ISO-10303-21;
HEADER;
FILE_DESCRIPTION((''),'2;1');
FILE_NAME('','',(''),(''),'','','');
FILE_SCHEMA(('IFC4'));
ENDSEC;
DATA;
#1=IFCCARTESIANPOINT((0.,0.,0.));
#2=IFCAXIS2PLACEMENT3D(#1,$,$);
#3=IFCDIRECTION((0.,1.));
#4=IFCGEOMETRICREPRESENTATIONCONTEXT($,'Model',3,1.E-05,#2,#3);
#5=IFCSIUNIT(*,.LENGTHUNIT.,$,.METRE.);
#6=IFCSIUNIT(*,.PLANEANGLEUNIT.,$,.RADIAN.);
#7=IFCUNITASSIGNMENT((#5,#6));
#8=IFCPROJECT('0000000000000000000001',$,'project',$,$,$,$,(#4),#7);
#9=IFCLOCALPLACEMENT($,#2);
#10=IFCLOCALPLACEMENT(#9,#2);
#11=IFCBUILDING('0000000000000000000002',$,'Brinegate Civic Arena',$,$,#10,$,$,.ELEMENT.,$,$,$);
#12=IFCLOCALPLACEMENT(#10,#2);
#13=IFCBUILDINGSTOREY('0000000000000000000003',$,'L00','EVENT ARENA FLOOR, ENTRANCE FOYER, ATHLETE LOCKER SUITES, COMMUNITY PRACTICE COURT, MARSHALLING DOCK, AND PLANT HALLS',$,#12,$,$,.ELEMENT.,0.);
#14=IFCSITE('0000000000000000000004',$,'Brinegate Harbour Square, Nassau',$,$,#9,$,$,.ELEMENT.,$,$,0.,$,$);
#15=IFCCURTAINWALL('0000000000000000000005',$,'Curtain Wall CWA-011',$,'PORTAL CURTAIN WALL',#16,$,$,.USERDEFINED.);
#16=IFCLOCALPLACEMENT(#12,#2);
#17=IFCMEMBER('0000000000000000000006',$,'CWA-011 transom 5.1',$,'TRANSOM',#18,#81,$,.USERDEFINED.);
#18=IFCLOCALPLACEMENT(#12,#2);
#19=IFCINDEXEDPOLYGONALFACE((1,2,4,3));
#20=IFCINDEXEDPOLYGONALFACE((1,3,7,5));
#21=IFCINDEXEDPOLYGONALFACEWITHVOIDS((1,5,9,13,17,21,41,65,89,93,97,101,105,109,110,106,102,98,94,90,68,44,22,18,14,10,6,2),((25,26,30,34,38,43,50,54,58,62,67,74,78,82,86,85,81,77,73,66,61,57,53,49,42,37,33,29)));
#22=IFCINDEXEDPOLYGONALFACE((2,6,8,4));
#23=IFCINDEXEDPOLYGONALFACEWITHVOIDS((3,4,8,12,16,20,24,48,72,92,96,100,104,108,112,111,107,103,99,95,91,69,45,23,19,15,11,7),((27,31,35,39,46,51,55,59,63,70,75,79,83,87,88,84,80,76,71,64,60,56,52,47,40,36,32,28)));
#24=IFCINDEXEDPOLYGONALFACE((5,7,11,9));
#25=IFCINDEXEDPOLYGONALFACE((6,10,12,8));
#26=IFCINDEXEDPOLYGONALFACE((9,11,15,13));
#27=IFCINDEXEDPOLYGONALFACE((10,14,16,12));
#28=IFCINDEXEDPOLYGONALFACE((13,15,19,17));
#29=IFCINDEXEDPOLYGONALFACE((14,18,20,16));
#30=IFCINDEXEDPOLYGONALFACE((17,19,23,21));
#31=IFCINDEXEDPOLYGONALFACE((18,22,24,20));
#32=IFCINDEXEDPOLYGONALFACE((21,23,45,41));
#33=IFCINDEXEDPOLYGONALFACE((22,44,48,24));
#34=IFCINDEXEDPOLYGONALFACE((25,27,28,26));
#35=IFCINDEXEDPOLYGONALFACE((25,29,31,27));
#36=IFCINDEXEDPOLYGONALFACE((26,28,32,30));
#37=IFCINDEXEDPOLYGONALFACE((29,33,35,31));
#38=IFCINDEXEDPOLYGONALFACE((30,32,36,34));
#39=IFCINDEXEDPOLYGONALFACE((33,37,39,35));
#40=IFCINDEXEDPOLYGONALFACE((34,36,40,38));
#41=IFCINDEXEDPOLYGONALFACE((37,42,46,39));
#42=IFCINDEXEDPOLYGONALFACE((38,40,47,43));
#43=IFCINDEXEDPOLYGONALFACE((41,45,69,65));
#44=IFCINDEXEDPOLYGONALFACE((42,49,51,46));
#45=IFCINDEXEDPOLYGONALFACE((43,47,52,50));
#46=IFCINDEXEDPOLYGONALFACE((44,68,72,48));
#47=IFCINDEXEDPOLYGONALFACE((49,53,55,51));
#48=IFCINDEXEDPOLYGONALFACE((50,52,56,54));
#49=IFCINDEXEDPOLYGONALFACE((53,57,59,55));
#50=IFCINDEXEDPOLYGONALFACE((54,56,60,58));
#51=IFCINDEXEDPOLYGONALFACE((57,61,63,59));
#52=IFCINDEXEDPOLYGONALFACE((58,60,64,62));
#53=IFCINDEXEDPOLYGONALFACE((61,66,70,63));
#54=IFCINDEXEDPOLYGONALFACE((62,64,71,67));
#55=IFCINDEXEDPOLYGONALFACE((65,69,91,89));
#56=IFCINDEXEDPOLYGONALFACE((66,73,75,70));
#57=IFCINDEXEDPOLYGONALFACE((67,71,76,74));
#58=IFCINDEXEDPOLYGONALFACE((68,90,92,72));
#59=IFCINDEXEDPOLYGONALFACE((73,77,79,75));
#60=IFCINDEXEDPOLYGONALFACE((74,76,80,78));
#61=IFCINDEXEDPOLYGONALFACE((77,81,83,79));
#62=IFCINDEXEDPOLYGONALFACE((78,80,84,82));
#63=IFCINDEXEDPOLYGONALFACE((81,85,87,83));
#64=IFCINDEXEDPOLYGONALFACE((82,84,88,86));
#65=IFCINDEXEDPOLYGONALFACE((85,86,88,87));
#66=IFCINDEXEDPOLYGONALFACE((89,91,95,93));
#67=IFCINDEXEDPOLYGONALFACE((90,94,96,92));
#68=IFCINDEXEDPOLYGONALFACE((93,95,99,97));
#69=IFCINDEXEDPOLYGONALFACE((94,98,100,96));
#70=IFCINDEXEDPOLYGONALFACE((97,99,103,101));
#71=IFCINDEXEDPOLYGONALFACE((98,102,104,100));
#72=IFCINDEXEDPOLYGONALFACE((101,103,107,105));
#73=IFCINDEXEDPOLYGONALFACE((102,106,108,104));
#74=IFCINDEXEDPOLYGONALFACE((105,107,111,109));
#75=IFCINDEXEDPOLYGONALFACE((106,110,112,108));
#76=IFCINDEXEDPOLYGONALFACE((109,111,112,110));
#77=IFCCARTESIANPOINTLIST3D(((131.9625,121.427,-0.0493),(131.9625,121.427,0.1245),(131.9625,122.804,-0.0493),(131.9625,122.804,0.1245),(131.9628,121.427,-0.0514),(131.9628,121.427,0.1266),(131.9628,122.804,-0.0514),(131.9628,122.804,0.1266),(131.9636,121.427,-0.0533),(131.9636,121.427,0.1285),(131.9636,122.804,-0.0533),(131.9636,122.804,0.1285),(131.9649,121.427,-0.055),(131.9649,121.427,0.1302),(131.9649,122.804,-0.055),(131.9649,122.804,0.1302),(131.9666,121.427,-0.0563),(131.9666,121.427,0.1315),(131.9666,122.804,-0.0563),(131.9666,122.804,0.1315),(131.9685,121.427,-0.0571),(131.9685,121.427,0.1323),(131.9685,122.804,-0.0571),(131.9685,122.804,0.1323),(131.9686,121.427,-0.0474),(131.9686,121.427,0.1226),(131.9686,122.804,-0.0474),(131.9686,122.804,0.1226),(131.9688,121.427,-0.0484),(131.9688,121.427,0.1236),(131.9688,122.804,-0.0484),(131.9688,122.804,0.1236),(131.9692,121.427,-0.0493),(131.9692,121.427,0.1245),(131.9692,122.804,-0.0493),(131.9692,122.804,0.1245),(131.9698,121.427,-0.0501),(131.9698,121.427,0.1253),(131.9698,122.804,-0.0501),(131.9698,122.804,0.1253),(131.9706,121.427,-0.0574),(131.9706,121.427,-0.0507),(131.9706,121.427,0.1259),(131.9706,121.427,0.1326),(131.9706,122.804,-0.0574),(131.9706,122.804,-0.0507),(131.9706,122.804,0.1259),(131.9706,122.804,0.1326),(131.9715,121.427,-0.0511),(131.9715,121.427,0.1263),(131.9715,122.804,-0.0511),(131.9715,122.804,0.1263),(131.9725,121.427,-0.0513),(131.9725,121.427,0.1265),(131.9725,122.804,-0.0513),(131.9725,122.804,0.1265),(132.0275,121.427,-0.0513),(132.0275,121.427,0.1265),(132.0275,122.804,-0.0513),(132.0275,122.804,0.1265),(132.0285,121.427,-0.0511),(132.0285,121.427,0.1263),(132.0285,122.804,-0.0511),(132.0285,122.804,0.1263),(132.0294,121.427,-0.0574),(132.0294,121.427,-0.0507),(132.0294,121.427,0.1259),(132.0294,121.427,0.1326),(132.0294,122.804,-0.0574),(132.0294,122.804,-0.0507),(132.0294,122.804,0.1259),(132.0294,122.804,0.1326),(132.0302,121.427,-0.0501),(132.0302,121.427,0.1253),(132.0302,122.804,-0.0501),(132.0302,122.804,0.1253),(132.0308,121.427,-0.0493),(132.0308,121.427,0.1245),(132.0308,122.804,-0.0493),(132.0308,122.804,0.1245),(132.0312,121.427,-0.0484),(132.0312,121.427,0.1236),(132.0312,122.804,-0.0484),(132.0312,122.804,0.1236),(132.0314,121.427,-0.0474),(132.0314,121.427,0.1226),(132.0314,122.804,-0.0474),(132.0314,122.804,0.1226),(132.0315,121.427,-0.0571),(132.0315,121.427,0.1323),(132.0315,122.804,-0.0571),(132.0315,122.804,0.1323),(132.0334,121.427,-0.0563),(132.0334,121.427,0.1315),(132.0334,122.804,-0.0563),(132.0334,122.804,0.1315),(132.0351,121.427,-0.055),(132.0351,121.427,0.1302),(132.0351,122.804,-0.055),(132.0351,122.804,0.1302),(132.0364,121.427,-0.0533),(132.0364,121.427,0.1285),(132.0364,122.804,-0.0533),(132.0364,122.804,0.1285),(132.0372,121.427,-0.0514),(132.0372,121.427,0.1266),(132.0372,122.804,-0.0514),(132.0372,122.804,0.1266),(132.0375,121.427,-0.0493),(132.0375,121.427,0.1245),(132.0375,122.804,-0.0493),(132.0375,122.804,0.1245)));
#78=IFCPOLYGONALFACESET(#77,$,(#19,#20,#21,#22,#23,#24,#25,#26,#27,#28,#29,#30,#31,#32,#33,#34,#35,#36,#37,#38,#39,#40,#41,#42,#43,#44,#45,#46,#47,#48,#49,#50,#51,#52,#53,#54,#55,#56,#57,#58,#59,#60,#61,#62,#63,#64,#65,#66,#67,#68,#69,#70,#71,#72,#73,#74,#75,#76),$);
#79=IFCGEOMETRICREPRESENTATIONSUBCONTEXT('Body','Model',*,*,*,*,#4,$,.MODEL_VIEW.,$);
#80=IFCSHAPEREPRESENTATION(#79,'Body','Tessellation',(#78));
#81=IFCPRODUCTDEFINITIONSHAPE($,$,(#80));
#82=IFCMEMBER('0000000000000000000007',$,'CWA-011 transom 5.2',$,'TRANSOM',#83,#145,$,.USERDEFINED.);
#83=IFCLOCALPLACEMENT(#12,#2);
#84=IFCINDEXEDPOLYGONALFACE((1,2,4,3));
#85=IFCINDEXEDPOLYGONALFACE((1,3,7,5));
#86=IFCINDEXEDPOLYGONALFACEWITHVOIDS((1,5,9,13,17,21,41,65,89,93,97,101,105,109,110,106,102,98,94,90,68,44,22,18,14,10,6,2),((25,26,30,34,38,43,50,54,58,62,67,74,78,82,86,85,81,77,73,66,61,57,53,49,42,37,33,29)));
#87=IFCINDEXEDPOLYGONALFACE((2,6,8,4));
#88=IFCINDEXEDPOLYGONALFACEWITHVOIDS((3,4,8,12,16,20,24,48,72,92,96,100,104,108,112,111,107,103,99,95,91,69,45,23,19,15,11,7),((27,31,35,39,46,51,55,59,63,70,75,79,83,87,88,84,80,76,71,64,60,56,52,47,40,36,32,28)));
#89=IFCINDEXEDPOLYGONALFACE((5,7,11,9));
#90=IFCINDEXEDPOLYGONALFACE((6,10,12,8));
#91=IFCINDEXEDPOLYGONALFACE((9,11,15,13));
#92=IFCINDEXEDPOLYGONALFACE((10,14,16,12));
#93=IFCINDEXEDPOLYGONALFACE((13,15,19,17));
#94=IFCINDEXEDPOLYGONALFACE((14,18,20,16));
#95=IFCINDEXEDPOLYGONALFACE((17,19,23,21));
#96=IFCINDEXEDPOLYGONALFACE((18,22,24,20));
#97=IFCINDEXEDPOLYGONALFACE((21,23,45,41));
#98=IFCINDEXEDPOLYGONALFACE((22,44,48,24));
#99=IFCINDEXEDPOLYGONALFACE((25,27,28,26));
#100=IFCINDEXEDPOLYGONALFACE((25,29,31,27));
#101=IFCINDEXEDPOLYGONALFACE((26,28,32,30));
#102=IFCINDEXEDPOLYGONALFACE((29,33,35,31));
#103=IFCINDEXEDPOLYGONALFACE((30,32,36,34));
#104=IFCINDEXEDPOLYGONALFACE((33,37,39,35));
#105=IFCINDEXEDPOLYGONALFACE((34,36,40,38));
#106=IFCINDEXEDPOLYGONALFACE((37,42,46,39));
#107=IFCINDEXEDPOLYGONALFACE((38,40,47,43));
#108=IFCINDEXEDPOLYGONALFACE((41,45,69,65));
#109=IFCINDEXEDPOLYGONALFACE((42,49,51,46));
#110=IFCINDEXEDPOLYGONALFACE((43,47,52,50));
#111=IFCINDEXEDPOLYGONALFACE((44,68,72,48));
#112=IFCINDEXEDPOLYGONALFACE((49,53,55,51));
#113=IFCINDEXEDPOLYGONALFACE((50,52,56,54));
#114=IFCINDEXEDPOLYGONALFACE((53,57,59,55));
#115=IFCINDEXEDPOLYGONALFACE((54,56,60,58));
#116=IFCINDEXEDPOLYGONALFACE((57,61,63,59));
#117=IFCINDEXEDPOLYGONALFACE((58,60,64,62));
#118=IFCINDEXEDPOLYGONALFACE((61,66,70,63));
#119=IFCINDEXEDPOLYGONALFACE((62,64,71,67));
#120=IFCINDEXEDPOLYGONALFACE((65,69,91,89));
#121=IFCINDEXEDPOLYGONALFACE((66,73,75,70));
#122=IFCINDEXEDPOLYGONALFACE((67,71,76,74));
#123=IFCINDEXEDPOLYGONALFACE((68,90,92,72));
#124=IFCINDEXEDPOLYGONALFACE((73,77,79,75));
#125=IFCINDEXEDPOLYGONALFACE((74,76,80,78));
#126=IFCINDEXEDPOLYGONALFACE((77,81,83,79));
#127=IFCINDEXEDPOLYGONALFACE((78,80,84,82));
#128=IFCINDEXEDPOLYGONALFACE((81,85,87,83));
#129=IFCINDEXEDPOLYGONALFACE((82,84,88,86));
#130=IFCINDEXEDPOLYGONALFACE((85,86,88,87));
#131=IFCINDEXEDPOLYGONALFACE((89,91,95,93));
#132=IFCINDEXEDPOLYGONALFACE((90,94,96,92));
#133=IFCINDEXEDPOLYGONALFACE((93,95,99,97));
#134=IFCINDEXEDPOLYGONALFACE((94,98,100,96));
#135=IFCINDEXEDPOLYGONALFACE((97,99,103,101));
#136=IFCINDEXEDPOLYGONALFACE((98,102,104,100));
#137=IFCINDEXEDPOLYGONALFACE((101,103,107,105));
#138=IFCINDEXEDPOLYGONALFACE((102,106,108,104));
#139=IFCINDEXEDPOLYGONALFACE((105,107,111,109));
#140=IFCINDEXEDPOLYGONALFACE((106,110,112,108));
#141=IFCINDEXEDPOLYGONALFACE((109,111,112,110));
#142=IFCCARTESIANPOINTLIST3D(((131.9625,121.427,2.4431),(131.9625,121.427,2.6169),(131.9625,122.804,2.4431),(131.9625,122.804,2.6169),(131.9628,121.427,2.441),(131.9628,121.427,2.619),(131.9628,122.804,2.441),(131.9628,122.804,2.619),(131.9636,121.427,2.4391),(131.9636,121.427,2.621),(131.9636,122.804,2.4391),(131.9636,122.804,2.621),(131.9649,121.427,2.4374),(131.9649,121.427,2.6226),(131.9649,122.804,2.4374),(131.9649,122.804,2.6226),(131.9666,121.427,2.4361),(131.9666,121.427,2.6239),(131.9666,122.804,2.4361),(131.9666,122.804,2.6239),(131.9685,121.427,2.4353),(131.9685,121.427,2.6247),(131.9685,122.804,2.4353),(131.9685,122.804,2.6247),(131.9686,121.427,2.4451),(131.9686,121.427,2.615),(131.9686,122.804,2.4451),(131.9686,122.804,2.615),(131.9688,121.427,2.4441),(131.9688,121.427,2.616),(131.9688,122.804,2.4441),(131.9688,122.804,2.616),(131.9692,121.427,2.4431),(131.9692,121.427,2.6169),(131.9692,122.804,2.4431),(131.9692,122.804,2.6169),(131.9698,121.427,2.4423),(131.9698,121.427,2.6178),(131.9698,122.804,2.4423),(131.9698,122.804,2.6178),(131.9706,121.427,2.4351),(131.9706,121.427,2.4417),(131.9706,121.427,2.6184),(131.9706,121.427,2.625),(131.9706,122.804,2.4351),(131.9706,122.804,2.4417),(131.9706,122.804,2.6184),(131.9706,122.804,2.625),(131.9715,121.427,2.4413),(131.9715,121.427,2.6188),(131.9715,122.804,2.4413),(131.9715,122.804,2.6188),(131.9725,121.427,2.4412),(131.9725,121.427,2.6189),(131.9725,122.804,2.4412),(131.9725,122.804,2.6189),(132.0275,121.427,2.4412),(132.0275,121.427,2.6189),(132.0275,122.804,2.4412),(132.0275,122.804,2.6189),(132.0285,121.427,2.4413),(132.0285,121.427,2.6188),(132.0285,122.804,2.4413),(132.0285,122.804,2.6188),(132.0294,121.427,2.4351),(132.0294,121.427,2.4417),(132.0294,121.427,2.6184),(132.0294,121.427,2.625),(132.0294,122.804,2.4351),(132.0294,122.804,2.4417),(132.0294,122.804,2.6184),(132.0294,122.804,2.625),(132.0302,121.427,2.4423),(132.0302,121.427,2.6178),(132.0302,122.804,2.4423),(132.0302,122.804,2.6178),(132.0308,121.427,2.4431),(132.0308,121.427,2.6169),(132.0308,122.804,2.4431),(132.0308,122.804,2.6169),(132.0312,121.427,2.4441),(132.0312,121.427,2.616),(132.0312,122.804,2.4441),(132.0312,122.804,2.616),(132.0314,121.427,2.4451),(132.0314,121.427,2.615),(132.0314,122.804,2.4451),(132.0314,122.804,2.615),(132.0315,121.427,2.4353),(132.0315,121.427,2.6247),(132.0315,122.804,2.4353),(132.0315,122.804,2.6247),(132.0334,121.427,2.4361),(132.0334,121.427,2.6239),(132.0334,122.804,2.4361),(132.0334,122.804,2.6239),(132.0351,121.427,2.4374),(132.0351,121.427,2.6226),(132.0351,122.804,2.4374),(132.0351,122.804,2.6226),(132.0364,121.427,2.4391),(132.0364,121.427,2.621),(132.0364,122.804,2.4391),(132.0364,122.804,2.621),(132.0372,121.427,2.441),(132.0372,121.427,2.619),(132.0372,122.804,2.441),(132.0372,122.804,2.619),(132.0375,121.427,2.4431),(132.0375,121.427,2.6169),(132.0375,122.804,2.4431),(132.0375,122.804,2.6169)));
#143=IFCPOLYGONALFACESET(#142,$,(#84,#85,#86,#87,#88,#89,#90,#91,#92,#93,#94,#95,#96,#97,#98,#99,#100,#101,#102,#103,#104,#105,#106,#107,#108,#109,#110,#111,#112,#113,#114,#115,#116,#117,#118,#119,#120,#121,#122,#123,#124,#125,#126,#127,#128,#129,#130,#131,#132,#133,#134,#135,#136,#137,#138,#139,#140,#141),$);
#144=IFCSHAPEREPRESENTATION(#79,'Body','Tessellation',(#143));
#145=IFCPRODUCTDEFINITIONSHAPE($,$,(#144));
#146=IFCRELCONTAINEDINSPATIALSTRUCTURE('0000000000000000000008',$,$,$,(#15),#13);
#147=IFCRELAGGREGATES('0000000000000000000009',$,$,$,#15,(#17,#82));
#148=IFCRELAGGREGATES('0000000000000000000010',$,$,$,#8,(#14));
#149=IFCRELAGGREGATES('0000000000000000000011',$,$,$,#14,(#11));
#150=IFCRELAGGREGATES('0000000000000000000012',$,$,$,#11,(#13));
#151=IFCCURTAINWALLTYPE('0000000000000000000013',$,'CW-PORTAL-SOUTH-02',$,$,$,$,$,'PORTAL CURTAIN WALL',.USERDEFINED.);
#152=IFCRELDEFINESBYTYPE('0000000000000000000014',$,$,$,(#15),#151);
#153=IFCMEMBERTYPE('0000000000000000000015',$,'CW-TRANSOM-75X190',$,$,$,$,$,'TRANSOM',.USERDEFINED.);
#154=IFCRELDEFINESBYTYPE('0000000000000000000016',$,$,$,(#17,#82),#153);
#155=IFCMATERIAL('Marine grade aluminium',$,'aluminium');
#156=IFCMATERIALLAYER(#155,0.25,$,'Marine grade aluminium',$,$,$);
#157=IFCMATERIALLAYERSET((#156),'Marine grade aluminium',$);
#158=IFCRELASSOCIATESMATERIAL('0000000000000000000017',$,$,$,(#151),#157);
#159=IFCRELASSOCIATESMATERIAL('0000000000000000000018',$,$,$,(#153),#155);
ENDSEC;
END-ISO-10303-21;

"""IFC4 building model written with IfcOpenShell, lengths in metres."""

from ifc_helpers import new_model, si_unit, direction, frame, origin, origin_2d, place, context, subcontext, project, spatial, hollow_rectangle, extrude, material, layer, layer_set, material_profile, profile_set, type_object, element, aggregate, save


model = new_model("IFC4")

# Units and contexts
model_context = context("Model", 3, precision=1e-05, world=origin(), true_north=direction((0.0, 1.0)))
body_context = subcontext(model_context, "Body", "Model", "MODEL_VIEW")
ifc_project = project(units=[si_unit("LENGTHUNIT", "METRE"), si_unit("PLANEANGLEUNIT", "RADIAN")], contexts=[model_context])

# Site, building, storey
site_placement = place(None, origin())
site = spatial("IfcSite", under=ifc_project, at=site_placement, Name="Brinegate Harbour Square, Nassau", CompositionType="ELEMENT", RefElevation=0.0)
building_placement = place(site_placement, origin())
building = spatial("IfcBuilding", under=site, at=building_placement, Name="Brinegate Civic Arena", CompositionType="ELEMENT")
storey_placement = place(building_placement, origin())
storey = spatial("IfcBuildingStorey", under=building, at=storey_placement, Name="L00", Description="EVENT ARENA FLOOR, ENTRANCE FOYER, ATHLETE LOCKER SUITES, COMMUNITY PRACTICE COURT, MARSHALLING DOCK, AND PLANT HALLS", CompositionType="ELEMENT", Elevation=0.0)

# Curtain wall, members
ifc_material_1 = material(Name="Marine grade aluminium", Category="aluminium")
ifc_layer_1 = layer(ifc_material_1, 0.25, Name="Marine grade aluminium")
ifc_layer_set_1 = layer_set([ifc_layer_1], Name="Marine grade aluminium")
curtain_wall_type = type_object("IfcCurtainWallType", Name="CW-PORTAL-SOUTH-02", ElementType="PORTAL CURTAIN WALL", PredefinedType="USERDEFINED", material=ifc_layer_set_1)
curtain_wall_placement = place(storey_placement, origin())
curtain_wall = element("IfcCurtainWall", 1, at=curtain_wall_placement, inside=storey, type_object=curtain_wall_type, Name="Curtain Wall CWA-011", ObjectType="PORTAL CURTAIN WALL", PredefinedType="USERDEFINED")
ifc_material_profile_1 = material_profile(ifc_material_1, hollow_rectangle(XDim=0.075, YDim=0.1899, WallThickness=0.0061, InnerFilletRadius=0.0039, OuterFilletRadius=0.0081, at=origin_2d()), Name="TRN75X190")
ifc_profile_set_1 = profile_set([ifc_material_profile_1], Name="Marine grade aluminium")
member_type_1 = type_object("IfcMemberType", Name="CW-TRANSOM-75X190", ElementType="TRANSOM", PredefinedType="USERDEFINED", material=ifc_profile_set_1)
member_1_placement = place(storey_placement, frame((132.0, 121.427, 0.0376), z_axis=(0.0, 1.0, 0.0), x_axis=(-1.0, 0.0, 0.0)))
member_1 = element("IfcMember", 2, at=member_1_placement, type_object=member_type_1, Name="CWA-011 transom 5.1", ObjectType="TRANSOM", PredefinedType="USERDEFINED", context=body_context, shape_type="SweptSolid", body=[
    extrude(hollow_rectangle(XDim=0.075, YDim=0.1899, WallThickness=0.0061, InnerFilletRadius=0.0039, OuterFilletRadius=0.0081, at=origin_2d()), origin(), (0.0, 0.0, 1.0), 1.377),
])
member_2_placement = place(storey_placement, frame((132.0, 121.427, 2.53), z_axis=(0.0, 1.0, 0.0), x_axis=(-1.0, 0.0, 0.0)))
member_2 = element("IfcMember", 3, at=member_2_placement, type_object=member_type_1, Name="CWA-011 transom 5.2", ObjectType="TRANSOM", PredefinedType="USERDEFINED", context=body_context, shape_type="SweptSolid", body=[
    extrude(hollow_rectangle(XDim=0.075, YDim=0.1899, WallThickness=0.0061, InnerFilletRadius=0.0039, OuterFilletRadius=0.0081, at=origin_2d()), origin(), (0.0, 0.0, 1.0), 1.377),
])
aggregate(curtain_wall, [member_1, member_2])

save(model, "model.ifc")
